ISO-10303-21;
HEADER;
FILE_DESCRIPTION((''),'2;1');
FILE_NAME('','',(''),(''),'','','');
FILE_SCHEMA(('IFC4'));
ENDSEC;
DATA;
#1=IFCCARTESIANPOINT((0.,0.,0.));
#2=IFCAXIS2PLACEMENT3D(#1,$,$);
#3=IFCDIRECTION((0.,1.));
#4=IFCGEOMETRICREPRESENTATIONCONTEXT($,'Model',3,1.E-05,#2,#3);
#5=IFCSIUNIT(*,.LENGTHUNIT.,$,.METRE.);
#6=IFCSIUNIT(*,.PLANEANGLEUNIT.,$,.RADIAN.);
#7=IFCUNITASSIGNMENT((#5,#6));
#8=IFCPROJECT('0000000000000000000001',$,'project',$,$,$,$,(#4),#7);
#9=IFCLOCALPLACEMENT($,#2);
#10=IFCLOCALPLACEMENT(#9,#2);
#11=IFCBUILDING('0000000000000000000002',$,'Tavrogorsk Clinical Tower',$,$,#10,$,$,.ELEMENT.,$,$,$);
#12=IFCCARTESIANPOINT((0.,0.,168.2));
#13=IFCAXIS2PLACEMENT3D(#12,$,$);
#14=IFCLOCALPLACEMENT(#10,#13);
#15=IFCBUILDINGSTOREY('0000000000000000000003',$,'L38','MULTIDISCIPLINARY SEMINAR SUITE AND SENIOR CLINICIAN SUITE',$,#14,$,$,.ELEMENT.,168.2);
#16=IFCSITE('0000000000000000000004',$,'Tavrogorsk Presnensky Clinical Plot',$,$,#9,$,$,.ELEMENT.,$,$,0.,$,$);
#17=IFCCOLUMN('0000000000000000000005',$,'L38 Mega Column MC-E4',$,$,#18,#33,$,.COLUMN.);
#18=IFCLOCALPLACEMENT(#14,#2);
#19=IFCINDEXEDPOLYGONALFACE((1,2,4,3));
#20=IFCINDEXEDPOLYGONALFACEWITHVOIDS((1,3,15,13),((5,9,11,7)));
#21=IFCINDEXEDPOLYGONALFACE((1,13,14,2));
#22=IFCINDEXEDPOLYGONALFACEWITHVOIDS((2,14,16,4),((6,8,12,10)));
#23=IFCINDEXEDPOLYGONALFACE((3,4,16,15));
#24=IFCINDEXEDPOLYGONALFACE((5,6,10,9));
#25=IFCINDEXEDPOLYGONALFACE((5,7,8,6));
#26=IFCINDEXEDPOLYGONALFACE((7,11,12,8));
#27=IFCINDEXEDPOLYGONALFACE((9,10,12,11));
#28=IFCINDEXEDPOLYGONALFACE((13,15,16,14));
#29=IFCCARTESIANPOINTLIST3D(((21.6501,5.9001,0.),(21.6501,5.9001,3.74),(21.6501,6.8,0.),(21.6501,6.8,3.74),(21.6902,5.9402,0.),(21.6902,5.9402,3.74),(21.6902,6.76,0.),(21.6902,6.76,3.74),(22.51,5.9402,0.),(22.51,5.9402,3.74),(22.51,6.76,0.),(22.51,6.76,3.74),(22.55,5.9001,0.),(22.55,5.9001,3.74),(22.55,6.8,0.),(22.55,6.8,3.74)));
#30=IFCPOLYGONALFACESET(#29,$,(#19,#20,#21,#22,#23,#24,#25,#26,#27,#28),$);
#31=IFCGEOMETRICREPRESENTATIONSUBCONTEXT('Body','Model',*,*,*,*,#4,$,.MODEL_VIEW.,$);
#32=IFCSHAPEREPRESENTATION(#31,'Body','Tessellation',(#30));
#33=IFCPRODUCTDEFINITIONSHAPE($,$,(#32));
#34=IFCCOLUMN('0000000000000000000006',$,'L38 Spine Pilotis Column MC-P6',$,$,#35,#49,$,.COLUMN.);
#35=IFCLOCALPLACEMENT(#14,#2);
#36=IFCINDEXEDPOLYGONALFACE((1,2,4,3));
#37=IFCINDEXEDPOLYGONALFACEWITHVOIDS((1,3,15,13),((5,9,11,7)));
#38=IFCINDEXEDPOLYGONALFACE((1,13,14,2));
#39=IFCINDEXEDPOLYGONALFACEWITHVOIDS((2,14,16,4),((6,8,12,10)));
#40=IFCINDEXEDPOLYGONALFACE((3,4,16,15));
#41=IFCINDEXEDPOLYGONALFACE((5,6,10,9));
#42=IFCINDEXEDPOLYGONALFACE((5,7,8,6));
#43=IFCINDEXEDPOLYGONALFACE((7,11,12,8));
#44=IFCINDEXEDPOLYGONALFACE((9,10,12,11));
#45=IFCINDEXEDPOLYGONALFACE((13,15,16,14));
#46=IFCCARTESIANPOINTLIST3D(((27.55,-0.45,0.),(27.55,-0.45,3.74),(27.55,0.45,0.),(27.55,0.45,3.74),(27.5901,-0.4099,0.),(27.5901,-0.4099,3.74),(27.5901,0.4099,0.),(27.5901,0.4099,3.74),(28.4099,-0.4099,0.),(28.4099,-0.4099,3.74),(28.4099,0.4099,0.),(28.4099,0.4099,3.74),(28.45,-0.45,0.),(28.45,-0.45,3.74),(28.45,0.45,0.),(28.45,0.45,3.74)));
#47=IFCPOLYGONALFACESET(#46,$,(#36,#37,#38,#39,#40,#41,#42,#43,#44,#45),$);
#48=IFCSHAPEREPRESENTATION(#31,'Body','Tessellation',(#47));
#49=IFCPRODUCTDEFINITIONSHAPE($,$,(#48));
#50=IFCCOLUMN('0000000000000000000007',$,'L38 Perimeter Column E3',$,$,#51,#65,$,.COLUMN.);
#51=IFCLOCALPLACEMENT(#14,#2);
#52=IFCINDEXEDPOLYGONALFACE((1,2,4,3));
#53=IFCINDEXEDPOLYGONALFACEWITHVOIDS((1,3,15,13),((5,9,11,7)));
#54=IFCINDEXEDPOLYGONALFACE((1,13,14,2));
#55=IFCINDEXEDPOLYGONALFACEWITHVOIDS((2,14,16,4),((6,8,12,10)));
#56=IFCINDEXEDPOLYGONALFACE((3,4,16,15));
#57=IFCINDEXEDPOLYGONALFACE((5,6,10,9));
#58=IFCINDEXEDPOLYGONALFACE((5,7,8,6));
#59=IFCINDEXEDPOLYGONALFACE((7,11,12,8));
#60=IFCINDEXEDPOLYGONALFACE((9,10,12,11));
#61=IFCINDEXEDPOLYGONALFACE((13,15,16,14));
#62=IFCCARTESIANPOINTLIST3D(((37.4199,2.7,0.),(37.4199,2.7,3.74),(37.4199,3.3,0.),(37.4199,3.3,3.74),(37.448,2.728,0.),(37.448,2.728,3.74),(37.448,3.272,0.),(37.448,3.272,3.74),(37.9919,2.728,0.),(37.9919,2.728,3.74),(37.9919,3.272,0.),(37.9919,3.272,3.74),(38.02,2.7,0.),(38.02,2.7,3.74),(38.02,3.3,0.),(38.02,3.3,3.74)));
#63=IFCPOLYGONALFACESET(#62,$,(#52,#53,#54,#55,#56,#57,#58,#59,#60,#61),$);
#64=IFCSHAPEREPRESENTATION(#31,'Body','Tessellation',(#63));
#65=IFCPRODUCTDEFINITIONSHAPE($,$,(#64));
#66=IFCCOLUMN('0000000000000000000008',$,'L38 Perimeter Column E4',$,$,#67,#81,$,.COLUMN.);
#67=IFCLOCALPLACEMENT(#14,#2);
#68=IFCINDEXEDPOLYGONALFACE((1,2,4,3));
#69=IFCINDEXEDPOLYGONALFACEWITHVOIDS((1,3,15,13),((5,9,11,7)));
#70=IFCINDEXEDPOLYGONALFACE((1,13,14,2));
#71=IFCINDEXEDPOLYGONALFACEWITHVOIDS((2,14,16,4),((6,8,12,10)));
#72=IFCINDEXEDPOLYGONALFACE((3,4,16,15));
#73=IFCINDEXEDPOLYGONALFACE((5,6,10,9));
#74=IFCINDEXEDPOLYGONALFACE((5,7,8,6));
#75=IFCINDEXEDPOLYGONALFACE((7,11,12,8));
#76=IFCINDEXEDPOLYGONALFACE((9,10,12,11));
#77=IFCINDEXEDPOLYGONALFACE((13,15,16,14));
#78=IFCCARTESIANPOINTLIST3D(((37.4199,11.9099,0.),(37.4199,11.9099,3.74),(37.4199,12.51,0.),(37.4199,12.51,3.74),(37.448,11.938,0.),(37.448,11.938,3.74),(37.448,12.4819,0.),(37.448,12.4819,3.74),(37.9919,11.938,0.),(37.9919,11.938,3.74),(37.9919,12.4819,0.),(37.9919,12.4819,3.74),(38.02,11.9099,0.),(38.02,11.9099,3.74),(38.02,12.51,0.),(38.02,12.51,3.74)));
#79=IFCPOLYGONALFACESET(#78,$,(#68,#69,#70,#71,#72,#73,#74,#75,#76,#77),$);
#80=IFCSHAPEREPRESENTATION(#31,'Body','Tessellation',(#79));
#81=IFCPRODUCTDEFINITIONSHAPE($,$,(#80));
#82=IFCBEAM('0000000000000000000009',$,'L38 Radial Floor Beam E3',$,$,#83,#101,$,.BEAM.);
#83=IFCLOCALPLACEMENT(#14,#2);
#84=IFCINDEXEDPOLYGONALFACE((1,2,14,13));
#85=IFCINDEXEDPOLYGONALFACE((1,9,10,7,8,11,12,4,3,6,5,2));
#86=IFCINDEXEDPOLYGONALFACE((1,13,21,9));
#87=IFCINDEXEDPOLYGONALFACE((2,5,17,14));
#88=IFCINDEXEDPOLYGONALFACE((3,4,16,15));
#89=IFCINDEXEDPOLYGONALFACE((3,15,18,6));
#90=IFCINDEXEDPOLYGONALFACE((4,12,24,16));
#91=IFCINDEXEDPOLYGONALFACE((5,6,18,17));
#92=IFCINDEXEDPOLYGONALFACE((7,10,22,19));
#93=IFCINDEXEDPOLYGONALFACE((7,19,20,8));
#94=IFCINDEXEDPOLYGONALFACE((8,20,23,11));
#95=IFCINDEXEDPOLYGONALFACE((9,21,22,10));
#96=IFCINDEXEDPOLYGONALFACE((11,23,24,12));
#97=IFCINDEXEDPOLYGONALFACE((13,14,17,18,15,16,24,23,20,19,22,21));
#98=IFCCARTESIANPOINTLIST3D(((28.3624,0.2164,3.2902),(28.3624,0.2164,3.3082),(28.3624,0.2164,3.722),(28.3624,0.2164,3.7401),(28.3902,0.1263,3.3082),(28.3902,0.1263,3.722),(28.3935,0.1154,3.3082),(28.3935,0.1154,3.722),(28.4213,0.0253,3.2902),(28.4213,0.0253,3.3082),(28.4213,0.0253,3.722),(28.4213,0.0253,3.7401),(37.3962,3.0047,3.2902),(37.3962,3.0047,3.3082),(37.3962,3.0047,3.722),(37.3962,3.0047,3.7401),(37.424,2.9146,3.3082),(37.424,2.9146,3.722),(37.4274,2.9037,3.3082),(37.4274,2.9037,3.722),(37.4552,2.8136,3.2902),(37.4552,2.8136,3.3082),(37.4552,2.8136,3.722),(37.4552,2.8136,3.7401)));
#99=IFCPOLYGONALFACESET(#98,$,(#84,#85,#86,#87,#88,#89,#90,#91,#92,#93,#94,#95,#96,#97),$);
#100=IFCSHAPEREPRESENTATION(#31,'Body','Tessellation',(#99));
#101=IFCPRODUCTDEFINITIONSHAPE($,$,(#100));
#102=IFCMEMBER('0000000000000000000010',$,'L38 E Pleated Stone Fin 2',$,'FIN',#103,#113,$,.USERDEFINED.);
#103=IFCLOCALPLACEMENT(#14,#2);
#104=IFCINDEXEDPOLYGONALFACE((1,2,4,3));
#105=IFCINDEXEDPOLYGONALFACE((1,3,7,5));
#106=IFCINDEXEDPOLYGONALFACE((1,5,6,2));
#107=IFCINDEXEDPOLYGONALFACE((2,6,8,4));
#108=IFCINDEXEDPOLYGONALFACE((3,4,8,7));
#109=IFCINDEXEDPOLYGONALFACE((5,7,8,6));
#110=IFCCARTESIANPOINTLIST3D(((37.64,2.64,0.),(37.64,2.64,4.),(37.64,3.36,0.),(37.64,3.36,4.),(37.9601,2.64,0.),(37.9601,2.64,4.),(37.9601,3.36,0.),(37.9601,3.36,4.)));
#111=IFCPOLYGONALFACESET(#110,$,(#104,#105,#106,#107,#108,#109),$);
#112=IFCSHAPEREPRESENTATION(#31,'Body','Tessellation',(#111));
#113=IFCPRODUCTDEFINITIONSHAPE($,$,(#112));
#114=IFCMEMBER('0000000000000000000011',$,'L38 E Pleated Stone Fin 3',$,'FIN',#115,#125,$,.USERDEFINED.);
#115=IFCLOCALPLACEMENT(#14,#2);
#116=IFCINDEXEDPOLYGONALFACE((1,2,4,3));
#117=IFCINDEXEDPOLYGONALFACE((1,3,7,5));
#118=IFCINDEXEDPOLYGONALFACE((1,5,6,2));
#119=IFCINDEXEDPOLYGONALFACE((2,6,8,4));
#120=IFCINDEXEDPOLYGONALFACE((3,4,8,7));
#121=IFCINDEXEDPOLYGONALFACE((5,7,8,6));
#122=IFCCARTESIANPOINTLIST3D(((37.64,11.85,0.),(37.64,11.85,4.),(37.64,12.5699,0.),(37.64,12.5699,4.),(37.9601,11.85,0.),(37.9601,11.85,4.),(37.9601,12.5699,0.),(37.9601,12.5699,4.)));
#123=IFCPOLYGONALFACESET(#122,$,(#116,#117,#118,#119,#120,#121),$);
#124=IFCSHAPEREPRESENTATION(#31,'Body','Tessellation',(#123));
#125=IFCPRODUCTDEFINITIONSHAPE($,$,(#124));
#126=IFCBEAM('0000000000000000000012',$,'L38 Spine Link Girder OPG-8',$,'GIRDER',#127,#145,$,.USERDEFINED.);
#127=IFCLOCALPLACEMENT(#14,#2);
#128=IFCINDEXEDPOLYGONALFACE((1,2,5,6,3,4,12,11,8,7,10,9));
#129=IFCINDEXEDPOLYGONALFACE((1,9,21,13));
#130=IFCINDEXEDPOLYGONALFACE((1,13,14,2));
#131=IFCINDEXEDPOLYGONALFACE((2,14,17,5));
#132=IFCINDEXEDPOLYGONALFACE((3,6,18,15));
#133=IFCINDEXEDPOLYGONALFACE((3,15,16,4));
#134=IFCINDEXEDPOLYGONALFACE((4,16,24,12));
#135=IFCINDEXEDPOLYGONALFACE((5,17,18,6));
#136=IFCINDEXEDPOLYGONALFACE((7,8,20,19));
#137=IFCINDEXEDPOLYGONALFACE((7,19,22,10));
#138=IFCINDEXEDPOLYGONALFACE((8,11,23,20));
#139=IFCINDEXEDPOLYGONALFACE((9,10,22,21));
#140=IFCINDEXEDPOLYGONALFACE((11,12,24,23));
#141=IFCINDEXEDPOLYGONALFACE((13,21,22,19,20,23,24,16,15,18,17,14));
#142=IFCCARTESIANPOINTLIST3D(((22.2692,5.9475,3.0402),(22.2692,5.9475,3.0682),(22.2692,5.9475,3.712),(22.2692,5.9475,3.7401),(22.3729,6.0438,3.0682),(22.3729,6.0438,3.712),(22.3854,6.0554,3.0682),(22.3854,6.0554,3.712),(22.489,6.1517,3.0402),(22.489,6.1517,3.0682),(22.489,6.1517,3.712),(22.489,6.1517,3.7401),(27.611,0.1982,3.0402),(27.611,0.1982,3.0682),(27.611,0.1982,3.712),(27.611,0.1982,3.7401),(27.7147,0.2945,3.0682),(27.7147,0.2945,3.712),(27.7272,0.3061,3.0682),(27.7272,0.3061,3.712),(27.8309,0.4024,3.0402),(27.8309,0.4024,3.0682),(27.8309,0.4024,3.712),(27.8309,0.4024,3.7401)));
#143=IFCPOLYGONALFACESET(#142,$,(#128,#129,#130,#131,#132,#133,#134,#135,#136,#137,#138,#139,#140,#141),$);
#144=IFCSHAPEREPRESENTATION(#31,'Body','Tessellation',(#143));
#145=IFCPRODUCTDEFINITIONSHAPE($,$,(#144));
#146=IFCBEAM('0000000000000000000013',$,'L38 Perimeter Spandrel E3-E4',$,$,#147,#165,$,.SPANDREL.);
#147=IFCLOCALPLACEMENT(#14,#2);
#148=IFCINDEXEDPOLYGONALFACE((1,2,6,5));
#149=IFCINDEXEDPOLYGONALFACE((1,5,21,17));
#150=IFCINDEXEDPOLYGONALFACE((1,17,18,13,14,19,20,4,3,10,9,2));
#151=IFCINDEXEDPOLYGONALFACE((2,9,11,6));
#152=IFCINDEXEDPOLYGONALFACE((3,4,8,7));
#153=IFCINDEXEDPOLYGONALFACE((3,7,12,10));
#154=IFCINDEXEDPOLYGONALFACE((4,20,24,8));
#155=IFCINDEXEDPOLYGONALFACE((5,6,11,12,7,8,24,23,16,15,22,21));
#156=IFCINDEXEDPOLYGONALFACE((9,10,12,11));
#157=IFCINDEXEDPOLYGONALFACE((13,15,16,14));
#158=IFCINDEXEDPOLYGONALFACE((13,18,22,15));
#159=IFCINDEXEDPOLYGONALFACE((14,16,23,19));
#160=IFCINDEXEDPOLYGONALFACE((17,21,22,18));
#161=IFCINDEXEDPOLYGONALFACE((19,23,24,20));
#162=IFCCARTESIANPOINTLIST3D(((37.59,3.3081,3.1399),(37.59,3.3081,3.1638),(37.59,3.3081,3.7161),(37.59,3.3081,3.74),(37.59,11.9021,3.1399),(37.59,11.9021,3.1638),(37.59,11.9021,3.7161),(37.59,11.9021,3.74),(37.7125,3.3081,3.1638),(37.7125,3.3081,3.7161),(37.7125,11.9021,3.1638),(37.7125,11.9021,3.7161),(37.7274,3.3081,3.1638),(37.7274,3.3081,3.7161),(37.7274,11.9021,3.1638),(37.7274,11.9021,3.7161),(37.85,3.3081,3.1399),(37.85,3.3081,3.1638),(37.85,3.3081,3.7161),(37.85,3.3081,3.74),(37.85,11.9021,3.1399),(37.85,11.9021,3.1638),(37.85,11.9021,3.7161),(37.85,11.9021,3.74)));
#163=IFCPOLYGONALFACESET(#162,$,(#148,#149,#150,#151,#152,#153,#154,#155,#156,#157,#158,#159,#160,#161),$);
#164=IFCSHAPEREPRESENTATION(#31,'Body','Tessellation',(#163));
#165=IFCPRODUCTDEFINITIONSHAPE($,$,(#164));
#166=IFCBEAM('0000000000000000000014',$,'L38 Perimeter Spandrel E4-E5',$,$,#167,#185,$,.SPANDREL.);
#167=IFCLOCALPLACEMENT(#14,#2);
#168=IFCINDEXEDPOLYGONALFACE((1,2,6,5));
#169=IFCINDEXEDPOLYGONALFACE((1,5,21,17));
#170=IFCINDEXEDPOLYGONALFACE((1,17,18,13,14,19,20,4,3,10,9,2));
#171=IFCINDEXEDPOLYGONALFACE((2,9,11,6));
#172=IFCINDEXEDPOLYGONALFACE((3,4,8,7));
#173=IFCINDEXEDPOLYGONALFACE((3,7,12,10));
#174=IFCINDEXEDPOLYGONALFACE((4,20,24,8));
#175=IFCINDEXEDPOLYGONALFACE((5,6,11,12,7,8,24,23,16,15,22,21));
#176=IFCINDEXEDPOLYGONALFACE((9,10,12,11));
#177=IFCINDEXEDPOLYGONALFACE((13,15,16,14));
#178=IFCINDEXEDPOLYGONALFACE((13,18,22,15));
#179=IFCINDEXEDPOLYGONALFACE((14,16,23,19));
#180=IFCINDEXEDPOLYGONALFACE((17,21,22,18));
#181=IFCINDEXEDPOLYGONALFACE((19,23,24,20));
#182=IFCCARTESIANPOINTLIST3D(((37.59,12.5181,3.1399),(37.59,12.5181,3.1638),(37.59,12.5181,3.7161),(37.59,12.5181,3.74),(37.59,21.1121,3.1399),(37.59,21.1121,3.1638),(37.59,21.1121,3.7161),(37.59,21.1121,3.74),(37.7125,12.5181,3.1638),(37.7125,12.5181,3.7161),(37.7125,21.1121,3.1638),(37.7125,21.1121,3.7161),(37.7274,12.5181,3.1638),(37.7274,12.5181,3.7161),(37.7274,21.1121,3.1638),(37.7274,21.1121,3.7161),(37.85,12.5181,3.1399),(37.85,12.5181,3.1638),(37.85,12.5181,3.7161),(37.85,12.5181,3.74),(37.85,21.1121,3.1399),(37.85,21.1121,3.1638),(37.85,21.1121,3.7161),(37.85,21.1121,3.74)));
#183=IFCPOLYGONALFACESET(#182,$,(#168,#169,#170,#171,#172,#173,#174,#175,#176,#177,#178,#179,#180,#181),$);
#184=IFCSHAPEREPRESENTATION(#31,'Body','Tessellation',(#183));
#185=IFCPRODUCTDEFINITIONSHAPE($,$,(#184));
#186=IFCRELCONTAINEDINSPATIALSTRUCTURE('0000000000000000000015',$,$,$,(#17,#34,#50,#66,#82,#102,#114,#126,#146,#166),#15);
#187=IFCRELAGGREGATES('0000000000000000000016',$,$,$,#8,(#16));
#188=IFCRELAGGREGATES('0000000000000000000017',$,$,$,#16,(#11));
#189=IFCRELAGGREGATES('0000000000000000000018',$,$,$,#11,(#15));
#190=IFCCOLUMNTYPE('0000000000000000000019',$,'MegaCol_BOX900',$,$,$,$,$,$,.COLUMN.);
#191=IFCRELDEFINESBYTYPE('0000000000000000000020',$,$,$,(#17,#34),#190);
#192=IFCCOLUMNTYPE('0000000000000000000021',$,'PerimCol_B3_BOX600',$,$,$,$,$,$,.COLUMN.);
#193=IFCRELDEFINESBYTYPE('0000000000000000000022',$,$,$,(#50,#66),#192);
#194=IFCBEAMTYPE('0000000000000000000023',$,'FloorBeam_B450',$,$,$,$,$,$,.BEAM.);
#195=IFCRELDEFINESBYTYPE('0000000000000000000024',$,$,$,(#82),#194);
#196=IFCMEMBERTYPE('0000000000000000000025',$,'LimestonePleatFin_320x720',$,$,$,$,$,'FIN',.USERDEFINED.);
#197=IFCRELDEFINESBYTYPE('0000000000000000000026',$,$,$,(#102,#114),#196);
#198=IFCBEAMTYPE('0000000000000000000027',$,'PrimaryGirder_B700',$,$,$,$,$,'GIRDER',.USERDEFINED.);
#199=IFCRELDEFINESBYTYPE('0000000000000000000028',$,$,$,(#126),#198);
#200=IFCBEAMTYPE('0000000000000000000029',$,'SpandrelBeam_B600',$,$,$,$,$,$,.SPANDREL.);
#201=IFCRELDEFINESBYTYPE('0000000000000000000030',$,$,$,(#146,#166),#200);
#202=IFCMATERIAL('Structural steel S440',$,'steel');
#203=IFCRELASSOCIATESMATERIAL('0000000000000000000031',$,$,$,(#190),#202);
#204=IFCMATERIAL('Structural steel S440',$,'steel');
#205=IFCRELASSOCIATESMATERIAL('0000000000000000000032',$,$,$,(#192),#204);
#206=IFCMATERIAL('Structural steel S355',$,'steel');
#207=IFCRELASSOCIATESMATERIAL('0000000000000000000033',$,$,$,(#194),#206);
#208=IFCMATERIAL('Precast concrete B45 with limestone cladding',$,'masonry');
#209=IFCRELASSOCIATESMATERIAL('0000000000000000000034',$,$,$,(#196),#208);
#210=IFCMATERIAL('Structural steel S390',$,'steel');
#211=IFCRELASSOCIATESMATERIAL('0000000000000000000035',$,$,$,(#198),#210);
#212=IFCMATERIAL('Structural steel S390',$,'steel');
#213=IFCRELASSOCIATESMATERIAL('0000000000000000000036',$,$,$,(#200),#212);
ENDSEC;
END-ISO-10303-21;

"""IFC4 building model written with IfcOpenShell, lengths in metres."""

from ifc_helpers import new_model, si_unit, direction, frame, origin, origin_2d, place, context, subcontext, project, spatial, rectangle, hollow_rectangle, i_section, extrude, material, material_profile, profile_set, type_object, element, save


model = new_model("IFC4")

# Units and contexts
model_context = context("Model", 3, precision=1e-05, world=origin(), true_north=direction((0.0, 1.0)))
body_context = subcontext(model_context, "Body", "Model", "MODEL_VIEW")
ifc_project = project(units=[si_unit("LENGTHUNIT", "METRE"), si_unit("PLANEANGLEUNIT", "RADIAN")], contexts=[model_context])

# Site, building, storey
site_placement = place(None, origin())
site = spatial("IfcSite", under=ifc_project, at=site_placement, Name="Tavrogorsk Presnensky Clinical Plot", CompositionType="ELEMENT", RefElevation=0.0)
building_placement = place(site_placement, origin())
building = spatial("IfcBuilding", under=site, at=building_placement, Name="Tavrogorsk Clinical Tower", CompositionType="ELEMENT")
storey_placement = place(building_placement, frame((0.0, 0.0, 168.2)))
storey = spatial("IfcBuildingStorey", under=building, at=storey_placement, Name="L38", Description="MULTIDISCIPLINARY SEMINAR SUITE AND SENIOR CLINICIAN SUITE", CompositionType="ELEMENT", Elevation=168.2)

# Columns
ifc_material_1 = material(Name="Structural steel S440", Category="steel")
ifc_material_profile_1 = material_profile(ifc_material_1, hollow_rectangle(XDim=0.8999, YDim=0.8999, WallThickness=0.04, at=origin_2d()), Name="BOX-900x900x40")
ifc_profile_set_1 = profile_set([ifc_material_profile_1], Name="Structural steel S440")
column_type_1 = type_object("IfcColumnType", Name="MegaCol_BOX900", PredefinedType="COLUMN", material=ifc_profile_set_1)
for number, where, z_axis, x_axis, name in (
    (1, (22.1001, 6.3501, 0.0), (0.0, 0.0, 1.0), (1.0, 0.0, 0.0), "L38 Mega Column MC-E4"),
    (2, (28.0, 0.0, 0.0), (0.0, 0.0, 1.0), (1.0, 0.0, 0.0), "L38 Spine Pilotis Column MC-P6"),
):
    element("IfcColumn", number, at=place(storey_placement, frame(where, z_axis=z_axis, x_axis=x_axis)), inside=storey, type_object=column_type_1, Name=name, PredefinedType="COLUMN", context=body_context, shape_type="SweptSolid", body=[
        extrude(hollow_rectangle(XDim=0.8999, YDim=0.8999, WallThickness=0.04, at=origin_2d()), origin(), (0.0, 0.0, 1.0), 3.74),
    ])
ifc_material_2 = material(Name="Structural steel S440", Category="steel")
ifc_material_profile_2 = material_profile(ifc_material_2, hollow_rectangle(XDim=0.6001, YDim=0.6001, WallThickness=0.0281, at=origin_2d()), Name="BOX-600x600x28")
ifc_profile_set_2 = profile_set([ifc_material_profile_2], Name="Structural steel S440")
column_type_2 = type_object("IfcColumnType", Name="PerimCol_B3_BOX600", PredefinedType="COLUMN", material=ifc_profile_set_2)
for number, where, z_axis, x_axis, name in (
    (3, (37.72, 3.0, 0.0), (0.0, 0.0, 1.0), (1.0, 0.0, 0.0), "L38 Perimeter Column E3"),
    (4, (37.72, 12.21, 0.0), (0.0, 0.0, 1.0), (1.0, 0.0, 0.0), "L38 Perimeter Column E4"),
):
    element("IfcColumn", number, at=place(storey_placement, frame(where, z_axis=z_axis, x_axis=x_axis)), inside=storey, type_object=column_type_2, Name=name, PredefinedType="COLUMN", context=body_context, shape_type="SweptSolid", body=[
        extrude(hollow_rectangle(XDim=0.6001, YDim=0.6001, WallThickness=0.0281, at=origin_2d()), origin(), (0.0, 0.0, 1.0), 3.74),
    ])

# Beam
ifc_material_3 = material(Name="Structural steel S355", Category="steel")
ifc_material_profile_3 = material_profile(ifc_material_3, i_section(OverallWidth=0.2, OverallDepth=0.45, WebThickness=0.0115, FlangeThickness=0.0181, at=origin_2d()), Name="B-450x200x11.5x18")
ifc_profile_set_3 = profile_set([ifc_material_profile_3], Name="Structural steel S355")
beam_type_1 = type_object("IfcBeamType", Name="FloorBeam_B450", PredefinedType="BEAM", material=ifc_profile_set_3)
beam_1_placement = place(storey_placement, frame((28.3918, 0.1208, 3.5151), z_axis=(0.955521, 0.294922, 0.0), x_axis=(-0.294922, 0.955521, 0.0)))
element("IfcBeam", 5, at=beam_1_placement, inside=storey, type_object=beam_type_1, Name="L38 Radial Floor Beam E3", PredefinedType="BEAM", context=body_context, shape_type="SweptSolid", body=[
    extrude(i_section(OverallWidth=0.2, OverallDepth=0.45, WebThickness=0.0115, FlangeThickness=0.0181, at=origin_2d()), origin(), (0.0, 0.0, 1.0), 9.4543),
])

# Members
ifc_material_4 = material(Name="Precast concrete B45 with limestone cladding", Category="masonry")
ifc_material_profile_4 = material_profile(ifc_material_4, rectangle(XDim=0.3201, YDim=0.72, at=origin_2d()), Name="LIMESTONE-FIN-320x720")
ifc_profile_set_4 = profile_set([ifc_material_profile_4], Name="Precast concrete B45 with limestone cladding")
member_type = type_object("IfcMemberType", Name="LimestonePleatFin_320x720", ElementType="FIN", PredefinedType="USERDEFINED", material=ifc_profile_set_4)
for number, where, z_axis, x_axis, name in (
    (6, (37.8, 3.0, 0.0), (0.0, 0.0, 1.0), (1.0, 0.0, 0.0), "L38 E Pleated Stone Fin 2"),
    (7, (37.8, 12.21, 0.0), (0.0, 0.0, 1.0), (1.0, 0.0, 0.0), "L38 E Pleated Stone Fin 3"),
):
    element("IfcMember", number, at=place(storey_placement, frame(where, z_axis=z_axis, x_axis=x_axis)), inside=storey, type_object=member_type, Name=name, ObjectType="FIN", PredefinedType="USERDEFINED", context=body_context, shape_type="SweptSolid", body=[
        extrude(rectangle(XDim=0.3201, YDim=0.72, at=origin_2d()), origin(), (0.0, 0.0, 1.0), 4.0),
    ])

# Beams
ifc_material_5 = material(Name="Structural steel S390", Category="steel")
ifc_material_profile_5 = material_profile(ifc_material_5, i_section(OverallWidth=0.3, OverallDepth=0.7, WebThickness=0.0171, FlangeThickness=0.0281, at=origin_2d()), Name="B-700x300x17x28")
ifc_profile_set_5 = profile_set([ifc_material_profile_5], Name="Structural steel S390")
beam_type_2 = type_object("IfcBeamType", Name="PrimaryGirder_B700", ElementType="GIRDER", PredefinedType="USERDEFINED", material=ifc_profile_set_5)
beam_2_placement = place(storey_placement, frame((27.7209, 0.3003, 3.3901), z_axis=(-0.680669, 0.732591, 0.0), x_axis=(-0.732591, -0.680669, 0.0)))
element("IfcBeam", 8, at=beam_2_placement, inside=storey, type_object=beam_type_2, Name="L38 Spine Link Girder OPG-8", ObjectType="GIRDER", PredefinedType="USERDEFINED", context=body_context, shape_type="SweptSolid", body=[
    extrude(i_section(OverallWidth=0.3, OverallDepth=0.7, WebThickness=0.0171, FlangeThickness=0.0281, at=origin_2d()), origin(), (0.0, 0.0, 1.0), 7.8479),
])
ifc_material_6 = material(Name="Structural steel S390", Category="steel")
ifc_material_profile_6 = material_profile(ifc_material_6, i_section(OverallWidth=0.26, OverallDepth=0.6001, WebThickness=0.0149, FlangeThickness=0.0239, at=origin_2d()), Name="B-600x260x15x24")
ifc_profile_set_6 = profile_set([ifc_material_profile_6], Name="Structural steel S390")
beam_type_3 = type_object("IfcBeamType", Name="SpandrelBeam_B600", PredefinedType="SPANDREL", material=ifc_profile_set_6)
for number, where, z_axis, x_axis, name in (
    (9, (37.72, 3.3081, 3.4399), (0.0, 1.0, 0.0), (-1.0, 0.0, 0.0), "L38 Perimeter Spandrel E3-E4"),
    (10, (37.72, 12.5181, 3.4399), (0.0, 1.0, 0.0), (-1.0, 0.0, 0.0), "L38 Perimeter Spandrel E4-E5"),
):
    element("IfcBeam", number, at=place(storey_placement, frame(where, z_axis=z_axis, x_axis=x_axis)), inside=storey, type_object=beam_type_3, Name=name, PredefinedType="SPANDREL", context=body_context, shape_type="SweptSolid", body=[
        extrude(i_section(OverallWidth=0.26, OverallDepth=0.6001, WebThickness=0.0149, FlangeThickness=0.0239, at=origin_2d()), origin(), (0.0, 0.0, 1.0), 8.594),
    ])

save(model, "model.ifc")
